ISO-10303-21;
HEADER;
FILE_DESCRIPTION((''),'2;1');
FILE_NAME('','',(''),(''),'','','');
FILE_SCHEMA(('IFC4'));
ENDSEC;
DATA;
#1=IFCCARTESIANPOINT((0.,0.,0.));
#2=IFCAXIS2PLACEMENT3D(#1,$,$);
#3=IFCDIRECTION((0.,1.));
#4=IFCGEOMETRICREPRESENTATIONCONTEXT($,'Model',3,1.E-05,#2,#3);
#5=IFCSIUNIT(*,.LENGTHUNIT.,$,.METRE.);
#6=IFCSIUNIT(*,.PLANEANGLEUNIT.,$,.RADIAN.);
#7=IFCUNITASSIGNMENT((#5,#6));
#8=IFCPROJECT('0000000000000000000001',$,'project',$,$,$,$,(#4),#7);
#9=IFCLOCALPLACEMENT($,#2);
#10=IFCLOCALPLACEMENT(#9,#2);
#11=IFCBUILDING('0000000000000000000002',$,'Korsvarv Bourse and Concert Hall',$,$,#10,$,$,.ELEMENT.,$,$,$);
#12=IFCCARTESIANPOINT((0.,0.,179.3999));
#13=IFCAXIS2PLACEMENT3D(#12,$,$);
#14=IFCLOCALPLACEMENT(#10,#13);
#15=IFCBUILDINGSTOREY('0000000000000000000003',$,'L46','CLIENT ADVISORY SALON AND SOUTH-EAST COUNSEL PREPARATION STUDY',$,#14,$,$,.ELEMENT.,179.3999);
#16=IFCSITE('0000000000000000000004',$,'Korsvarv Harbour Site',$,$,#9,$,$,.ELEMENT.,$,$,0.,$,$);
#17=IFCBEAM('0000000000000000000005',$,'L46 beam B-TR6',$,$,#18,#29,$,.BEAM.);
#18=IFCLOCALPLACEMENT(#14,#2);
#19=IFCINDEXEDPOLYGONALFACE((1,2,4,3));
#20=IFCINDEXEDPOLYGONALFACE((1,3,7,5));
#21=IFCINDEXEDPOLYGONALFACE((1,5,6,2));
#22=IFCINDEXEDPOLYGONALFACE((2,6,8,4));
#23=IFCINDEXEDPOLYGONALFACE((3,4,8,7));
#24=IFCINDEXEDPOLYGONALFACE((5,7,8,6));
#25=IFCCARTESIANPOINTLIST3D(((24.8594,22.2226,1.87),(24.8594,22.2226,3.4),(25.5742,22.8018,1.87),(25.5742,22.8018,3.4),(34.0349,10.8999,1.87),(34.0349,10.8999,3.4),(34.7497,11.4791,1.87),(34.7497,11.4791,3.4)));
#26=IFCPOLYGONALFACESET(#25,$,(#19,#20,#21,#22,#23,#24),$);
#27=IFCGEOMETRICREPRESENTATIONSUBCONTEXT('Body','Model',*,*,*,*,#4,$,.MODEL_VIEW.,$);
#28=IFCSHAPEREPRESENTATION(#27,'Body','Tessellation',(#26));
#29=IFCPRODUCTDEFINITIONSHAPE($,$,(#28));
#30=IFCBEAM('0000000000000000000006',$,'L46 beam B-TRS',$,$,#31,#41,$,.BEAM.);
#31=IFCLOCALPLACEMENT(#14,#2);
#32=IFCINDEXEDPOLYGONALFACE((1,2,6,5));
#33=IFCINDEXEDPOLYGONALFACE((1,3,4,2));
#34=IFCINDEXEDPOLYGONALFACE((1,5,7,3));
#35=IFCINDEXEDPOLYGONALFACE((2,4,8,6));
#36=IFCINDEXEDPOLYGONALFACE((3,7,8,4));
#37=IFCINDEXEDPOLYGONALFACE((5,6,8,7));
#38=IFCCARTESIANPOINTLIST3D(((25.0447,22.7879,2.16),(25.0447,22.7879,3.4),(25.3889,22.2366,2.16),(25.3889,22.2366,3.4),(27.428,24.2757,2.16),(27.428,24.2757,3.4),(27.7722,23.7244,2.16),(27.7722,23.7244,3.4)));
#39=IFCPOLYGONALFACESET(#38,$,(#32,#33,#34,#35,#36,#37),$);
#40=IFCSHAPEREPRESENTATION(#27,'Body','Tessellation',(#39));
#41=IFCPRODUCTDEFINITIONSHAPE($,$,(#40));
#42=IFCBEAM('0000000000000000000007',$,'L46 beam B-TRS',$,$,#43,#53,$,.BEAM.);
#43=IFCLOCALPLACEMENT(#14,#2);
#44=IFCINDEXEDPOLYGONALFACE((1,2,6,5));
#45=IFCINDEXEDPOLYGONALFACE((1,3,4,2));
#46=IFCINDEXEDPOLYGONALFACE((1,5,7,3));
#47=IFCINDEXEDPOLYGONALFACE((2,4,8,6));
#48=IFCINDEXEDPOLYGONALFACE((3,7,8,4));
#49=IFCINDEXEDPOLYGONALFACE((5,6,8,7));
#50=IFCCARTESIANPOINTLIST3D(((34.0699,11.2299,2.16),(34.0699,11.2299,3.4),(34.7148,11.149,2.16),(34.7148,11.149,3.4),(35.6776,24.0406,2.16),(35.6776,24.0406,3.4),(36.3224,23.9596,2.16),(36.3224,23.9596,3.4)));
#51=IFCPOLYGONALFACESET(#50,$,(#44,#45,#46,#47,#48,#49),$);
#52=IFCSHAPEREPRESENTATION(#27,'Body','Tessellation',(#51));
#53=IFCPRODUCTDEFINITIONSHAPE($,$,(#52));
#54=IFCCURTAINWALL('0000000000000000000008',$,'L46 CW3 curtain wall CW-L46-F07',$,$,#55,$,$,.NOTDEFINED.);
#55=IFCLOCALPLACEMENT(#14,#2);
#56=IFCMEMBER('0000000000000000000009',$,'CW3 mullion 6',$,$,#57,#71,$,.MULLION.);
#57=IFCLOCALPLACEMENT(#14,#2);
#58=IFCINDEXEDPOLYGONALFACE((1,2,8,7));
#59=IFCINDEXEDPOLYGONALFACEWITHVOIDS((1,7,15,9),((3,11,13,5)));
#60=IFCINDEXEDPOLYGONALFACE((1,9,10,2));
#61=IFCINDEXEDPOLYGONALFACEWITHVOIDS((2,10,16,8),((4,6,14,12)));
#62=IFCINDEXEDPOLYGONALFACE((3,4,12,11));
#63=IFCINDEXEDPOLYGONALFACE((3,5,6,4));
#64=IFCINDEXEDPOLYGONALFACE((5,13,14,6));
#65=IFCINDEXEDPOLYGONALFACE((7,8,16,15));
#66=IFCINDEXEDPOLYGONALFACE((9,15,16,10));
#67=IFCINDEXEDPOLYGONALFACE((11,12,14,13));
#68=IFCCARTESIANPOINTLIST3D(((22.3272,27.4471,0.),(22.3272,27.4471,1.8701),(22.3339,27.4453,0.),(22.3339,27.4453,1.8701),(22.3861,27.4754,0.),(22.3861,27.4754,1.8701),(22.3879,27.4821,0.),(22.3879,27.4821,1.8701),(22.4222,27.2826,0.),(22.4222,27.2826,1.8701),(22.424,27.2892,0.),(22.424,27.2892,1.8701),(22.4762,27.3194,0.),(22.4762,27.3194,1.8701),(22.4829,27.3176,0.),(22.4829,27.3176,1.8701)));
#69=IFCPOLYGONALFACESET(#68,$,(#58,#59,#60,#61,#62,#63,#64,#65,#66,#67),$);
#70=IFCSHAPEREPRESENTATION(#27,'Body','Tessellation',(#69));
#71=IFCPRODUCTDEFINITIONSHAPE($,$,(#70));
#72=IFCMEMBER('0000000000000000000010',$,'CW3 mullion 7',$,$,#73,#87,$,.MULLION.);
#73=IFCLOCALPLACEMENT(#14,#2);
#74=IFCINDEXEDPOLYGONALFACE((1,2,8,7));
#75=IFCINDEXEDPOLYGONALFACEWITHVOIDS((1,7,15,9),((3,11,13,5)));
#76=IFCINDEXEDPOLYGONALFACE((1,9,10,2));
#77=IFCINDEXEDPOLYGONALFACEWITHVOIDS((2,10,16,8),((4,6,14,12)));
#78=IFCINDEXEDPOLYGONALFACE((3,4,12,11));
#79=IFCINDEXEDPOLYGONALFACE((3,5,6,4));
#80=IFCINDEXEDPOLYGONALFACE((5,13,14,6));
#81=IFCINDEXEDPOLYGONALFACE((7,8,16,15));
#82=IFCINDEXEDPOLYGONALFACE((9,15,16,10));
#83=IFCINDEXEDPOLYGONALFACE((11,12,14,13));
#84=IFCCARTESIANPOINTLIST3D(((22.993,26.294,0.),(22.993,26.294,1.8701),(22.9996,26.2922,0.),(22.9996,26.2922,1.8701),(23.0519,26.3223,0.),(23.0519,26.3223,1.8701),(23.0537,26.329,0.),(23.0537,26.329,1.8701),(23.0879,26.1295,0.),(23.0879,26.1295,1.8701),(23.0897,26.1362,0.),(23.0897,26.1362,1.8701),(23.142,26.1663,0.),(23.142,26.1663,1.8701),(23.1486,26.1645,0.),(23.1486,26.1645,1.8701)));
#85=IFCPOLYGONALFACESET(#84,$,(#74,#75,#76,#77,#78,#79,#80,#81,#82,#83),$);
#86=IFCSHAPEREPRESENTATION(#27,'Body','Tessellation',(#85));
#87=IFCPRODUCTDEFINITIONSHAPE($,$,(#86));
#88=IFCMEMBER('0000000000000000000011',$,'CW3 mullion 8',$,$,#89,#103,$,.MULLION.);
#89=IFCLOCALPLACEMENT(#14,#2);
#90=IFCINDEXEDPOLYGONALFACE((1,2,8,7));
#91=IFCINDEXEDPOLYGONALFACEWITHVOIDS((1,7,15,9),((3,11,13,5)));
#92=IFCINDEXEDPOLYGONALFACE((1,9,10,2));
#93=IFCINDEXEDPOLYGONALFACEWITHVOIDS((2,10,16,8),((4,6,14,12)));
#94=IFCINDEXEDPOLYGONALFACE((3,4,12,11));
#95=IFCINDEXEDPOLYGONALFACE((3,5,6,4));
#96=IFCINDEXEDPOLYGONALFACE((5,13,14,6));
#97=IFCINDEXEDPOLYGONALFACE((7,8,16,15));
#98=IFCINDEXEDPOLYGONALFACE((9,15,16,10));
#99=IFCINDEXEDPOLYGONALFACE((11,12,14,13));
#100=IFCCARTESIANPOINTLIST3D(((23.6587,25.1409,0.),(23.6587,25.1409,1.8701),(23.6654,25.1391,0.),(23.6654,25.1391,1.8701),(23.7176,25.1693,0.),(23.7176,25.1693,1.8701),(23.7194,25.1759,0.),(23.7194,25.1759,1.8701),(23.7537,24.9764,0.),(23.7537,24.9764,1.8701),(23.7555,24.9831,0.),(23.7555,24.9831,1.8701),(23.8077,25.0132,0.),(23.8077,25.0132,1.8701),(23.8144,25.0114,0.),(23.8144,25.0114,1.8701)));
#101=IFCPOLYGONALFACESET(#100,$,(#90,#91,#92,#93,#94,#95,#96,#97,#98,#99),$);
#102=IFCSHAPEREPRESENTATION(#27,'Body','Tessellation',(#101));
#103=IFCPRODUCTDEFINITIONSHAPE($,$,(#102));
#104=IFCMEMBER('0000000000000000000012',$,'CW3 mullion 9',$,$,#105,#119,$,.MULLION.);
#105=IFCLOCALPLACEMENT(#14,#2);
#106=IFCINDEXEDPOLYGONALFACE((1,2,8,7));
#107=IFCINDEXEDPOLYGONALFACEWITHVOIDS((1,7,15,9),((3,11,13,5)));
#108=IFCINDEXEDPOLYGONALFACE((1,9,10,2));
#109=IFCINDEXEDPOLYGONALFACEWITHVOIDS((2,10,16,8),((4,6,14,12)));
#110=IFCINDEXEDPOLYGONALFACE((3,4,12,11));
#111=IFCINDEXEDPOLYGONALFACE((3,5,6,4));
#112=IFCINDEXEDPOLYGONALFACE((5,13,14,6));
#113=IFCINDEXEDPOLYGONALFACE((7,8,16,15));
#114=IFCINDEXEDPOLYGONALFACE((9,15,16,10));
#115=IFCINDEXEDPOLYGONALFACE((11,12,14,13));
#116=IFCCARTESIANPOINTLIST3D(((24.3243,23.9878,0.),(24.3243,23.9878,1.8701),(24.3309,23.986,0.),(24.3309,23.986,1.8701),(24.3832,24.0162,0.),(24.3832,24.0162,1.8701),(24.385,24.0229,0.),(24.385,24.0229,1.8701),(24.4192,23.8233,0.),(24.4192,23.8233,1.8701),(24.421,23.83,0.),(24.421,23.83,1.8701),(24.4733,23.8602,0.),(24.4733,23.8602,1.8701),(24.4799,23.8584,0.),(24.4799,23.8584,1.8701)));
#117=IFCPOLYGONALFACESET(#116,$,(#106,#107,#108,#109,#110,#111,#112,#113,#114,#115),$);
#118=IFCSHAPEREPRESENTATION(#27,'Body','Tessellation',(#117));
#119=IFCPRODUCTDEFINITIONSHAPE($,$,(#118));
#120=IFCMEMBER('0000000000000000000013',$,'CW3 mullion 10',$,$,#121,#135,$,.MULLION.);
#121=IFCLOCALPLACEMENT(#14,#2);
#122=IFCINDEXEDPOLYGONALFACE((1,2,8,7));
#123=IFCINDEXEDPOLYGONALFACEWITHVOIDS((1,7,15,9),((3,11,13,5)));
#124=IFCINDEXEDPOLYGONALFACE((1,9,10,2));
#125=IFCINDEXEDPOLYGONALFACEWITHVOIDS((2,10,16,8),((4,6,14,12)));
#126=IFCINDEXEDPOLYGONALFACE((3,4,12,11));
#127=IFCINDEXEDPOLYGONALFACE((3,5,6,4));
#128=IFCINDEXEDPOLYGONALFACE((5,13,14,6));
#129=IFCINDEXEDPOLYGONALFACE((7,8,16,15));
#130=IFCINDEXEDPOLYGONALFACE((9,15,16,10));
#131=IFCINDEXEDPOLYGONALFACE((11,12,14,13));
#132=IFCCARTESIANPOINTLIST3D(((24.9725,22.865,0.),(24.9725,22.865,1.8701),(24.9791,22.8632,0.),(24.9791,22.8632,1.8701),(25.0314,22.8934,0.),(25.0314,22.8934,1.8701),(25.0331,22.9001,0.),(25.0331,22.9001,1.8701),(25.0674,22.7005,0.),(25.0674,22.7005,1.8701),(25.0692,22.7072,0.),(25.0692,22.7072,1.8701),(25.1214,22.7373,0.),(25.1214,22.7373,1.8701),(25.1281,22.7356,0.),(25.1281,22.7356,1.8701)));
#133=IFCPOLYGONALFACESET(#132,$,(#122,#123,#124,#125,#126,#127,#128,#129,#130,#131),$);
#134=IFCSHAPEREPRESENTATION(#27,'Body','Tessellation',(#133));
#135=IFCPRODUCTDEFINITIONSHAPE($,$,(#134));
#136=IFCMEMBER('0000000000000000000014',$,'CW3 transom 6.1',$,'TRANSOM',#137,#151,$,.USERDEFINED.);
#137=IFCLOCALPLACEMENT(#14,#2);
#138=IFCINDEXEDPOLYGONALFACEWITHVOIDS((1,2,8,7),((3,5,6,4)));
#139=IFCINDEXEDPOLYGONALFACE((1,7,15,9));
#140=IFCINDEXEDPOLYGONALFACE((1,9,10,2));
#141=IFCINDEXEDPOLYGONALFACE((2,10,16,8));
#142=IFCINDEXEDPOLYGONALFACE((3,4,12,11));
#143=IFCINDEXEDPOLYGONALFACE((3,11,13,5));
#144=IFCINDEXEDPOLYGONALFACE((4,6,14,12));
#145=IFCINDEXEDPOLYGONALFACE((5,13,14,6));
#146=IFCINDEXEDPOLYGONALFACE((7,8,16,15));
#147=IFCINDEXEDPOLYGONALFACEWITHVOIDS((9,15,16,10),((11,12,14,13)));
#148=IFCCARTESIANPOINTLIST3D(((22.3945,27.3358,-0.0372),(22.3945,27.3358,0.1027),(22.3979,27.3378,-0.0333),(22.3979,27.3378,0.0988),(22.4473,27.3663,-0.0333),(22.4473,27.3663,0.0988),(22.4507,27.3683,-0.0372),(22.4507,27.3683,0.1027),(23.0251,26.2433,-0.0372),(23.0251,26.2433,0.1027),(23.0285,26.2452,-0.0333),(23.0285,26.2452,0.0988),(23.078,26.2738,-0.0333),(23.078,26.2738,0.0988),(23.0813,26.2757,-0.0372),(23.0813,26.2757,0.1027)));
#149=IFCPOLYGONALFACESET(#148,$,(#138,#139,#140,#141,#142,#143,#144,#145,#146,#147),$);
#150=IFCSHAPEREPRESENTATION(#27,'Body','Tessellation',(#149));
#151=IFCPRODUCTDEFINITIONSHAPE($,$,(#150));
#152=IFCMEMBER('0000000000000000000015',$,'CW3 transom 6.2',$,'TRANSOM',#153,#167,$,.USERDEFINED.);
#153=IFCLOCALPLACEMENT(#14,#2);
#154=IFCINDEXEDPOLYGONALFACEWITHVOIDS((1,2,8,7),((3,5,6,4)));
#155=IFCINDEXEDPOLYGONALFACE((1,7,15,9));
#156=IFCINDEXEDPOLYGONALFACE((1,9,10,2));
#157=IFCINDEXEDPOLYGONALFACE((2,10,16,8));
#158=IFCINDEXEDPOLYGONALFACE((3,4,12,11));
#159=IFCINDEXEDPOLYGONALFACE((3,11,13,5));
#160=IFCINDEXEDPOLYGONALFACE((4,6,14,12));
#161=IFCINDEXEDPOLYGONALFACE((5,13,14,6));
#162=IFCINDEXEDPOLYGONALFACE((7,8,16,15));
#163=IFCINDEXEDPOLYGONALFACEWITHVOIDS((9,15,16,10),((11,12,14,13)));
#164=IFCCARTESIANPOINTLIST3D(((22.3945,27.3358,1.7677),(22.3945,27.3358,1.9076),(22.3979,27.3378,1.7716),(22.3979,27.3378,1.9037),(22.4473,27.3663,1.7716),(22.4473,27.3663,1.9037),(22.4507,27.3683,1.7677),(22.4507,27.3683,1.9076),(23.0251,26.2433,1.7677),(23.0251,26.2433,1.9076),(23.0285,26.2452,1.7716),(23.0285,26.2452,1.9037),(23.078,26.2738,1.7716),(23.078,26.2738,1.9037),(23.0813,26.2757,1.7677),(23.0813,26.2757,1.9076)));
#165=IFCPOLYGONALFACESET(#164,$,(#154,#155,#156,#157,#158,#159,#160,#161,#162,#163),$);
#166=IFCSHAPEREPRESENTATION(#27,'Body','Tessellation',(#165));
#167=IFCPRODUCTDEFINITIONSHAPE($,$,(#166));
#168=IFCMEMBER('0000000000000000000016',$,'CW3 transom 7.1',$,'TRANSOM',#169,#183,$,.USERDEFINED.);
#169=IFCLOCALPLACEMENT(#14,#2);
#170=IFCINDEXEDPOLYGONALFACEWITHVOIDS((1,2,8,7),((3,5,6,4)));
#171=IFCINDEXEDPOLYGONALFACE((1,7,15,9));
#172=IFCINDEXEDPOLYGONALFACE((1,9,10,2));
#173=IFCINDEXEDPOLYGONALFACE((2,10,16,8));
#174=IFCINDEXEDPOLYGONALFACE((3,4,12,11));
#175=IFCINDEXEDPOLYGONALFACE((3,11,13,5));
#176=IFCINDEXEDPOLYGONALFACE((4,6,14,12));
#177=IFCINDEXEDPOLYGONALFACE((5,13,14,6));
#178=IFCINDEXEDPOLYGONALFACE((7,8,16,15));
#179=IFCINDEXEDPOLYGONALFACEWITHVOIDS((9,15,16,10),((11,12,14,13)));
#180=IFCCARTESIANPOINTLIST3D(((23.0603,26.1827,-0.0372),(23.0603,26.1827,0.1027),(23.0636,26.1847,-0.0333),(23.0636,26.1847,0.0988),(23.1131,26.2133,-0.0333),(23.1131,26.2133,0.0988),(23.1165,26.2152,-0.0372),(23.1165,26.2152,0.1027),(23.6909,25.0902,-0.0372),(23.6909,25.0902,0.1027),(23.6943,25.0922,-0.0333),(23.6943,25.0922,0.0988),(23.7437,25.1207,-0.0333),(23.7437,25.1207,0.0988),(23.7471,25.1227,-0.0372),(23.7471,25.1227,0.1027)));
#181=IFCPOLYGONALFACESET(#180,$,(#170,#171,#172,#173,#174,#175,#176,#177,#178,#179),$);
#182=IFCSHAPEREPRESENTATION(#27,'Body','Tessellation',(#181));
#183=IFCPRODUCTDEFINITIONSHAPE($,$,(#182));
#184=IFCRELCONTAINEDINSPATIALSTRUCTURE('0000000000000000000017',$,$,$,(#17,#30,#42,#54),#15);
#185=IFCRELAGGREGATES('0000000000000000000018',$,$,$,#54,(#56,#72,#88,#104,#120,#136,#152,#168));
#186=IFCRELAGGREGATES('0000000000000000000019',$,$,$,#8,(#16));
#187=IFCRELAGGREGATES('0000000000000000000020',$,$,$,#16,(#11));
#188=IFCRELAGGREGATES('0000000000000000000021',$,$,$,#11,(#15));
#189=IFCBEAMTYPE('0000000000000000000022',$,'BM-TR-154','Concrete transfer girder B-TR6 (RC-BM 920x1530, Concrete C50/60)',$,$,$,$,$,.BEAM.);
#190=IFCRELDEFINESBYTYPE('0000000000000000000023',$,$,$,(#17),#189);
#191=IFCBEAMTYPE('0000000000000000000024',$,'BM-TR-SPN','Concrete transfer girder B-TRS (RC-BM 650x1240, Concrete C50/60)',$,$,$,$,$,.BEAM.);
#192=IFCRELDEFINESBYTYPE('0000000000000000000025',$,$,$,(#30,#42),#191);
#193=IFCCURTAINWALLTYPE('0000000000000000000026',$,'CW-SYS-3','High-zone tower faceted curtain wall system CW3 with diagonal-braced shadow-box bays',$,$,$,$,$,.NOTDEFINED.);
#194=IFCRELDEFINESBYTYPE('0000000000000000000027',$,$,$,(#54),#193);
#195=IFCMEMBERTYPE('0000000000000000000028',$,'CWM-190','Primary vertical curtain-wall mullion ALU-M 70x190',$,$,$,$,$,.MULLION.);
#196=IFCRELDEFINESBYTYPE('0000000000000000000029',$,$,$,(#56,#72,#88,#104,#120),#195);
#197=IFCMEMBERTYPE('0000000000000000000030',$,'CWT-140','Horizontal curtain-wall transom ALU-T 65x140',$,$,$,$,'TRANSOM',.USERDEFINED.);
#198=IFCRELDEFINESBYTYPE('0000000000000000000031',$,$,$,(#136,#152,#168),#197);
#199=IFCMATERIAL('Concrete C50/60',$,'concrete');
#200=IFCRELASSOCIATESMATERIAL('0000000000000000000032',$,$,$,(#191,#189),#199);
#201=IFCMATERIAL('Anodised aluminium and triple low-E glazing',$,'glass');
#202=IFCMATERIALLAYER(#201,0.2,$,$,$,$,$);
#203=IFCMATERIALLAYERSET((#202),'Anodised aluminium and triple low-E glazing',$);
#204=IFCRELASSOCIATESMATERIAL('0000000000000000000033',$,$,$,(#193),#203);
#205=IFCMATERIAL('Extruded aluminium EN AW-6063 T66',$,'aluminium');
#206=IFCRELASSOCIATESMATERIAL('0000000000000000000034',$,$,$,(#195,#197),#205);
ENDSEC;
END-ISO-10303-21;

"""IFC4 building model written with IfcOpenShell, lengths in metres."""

from ifc_helpers import new_model, si_unit, direction, frame, origin, origin_2d, place, context, subcontext, project, spatial, rectangle, hollow_rectangle, extrude, source, transform, mapped, material, layer, layer_set, material_profile, profile_set, type_object, element, aggregate, save


model = new_model("IFC4")

# Units and contexts
model_context = context("Model", 3, precision=1e-05, world=origin(), true_north=direction((0.0, 1.0)))
body_context = subcontext(model_context, "Body", "Model", "MODEL_VIEW")
ifc_project = project(units=[si_unit("LENGTHUNIT", "METRE"), si_unit("PLANEANGLEUNIT", "RADIAN")], contexts=[model_context])

# Site, building, storey
site_placement = place(None, origin())
site = spatial("IfcSite", under=ifc_project, at=site_placement, Name="Korsvarv Harbour Site", CompositionType="ELEMENT", RefElevation=0.0)
building_placement = place(site_placement, origin())
building = spatial("IfcBuilding", under=site, at=building_placement, Name="Korsvarv Bourse and Concert Hall", CompositionType="ELEMENT")
storey_placement = place(building_placement, frame((0.0, 0.0, 179.3999)))
storey = spatial("IfcBuildingStorey", under=building, at=storey_placement, Name="L46", Description="CLIENT ADVISORY SALON AND SOUTH-EAST COUNSEL PREPARATION STUDY", CompositionType="ELEMENT", Elevation=179.3999)

# Beams
ifc_material_1 = material(Name="Concrete C50/60", Category="concrete")
ifc_material_profile_1 = material_profile(ifc_material_1, rectangle(XDim=0.6499, YDim=1.24, at=origin_2d()), Name="RC-BM 650x1240")
ifc_profile_set_1 = profile_set([ifc_material_profile_1], Name="Concrete C50/60")
beam_type_1 = type_object("IfcBeamType", Name="BM-TR-SPN", Description="Concrete transfer girder B-TRS (RC-BM 650x1240, Concrete C50/60)", PredefinedType="BEAM", material=ifc_profile_set_1)
ifc_material_profile_2 = material_profile(ifc_material_1, rectangle(XDim=0.9199, YDim=1.53, at=origin_2d()), Name="RC-BM 920x1530")
ifc_profile_set_2 = profile_set([ifc_material_profile_2], Name="Concrete C50/60")
beam_type_2 = type_object("IfcBeamType", Name="BM-TR-154", Description="Concrete transfer girder B-TR6 (RC-BM 920x1530, Concrete C50/60)", PredefinedType="BEAM", material=ifc_profile_set_2)
shared_shape_1 = source(origin(), body_context, "Body", "SweptSolid", [
    extrude(rectangle(XDim=0.9199, YDim=1.53, at=origin_2d()), origin(), (0.0, 0.0, 1.0), 14.5737),
])
beam_1_placement = place(storey_placement, frame((25.2168, 22.5122, 2.635), z_axis=(0.629592, -0.776926, 0.0), x_axis=(0.776926, 0.629592, 0.0)))
element("IfcBeam", 1, at=beam_1_placement, inside=storey, type_object=beam_type_2, Name="L46 beam B-TR6", PredefinedType="BEAM", context=body_context, shape_type="MappedRepresentation", body=[
    mapped(shared_shape_1, transform((0.0, 0.0, 0.0), scale=1.0)),
])
shared_shape_2 = source(origin(), body_context, "Body", "SweptSolid", [
    extrude(rectangle(XDim=0.6499, YDim=1.24, at=origin_2d()), origin(), (0.0, 0.0, 1.0), 2.8096),
])
beam_2_placement = place(storey_placement, frame((25.2168, 22.5122, 2.78), z_axis=(0.848281, 0.529546, 0.0), x_axis=(-0.529546, 0.848281, 0.0)))
element("IfcBeam", 2, at=beam_2_placement, inside=storey, type_object=beam_type_1, Name="L46 beam B-TRS", PredefinedType="BEAM", context=body_context, shape_type="MappedRepresentation", body=[
    mapped(shared_shape_2, transform((0.0, 0.0, 0.0), scale=1.0)),
])
shared_shape_3 = source(origin(), body_context, "Body", "SweptSolid", [
    extrude(rectangle(XDim=0.6499, YDim=1.24, at=origin_2d()), origin(), (0.0, 0.0, 1.0), 12.9111),
])
beam_3_placement = place(storey_placement, frame((34.3923, 11.1895, 2.78), z_axis=(0.124519, 0.992217, 0.0), x_axis=(-0.992217, 0.124519, 0.0)))
element("IfcBeam", 3, at=beam_3_placement, inside=storey, type_object=beam_type_1, Name="L46 beam B-TRS", PredefinedType="BEAM", context=body_context, shape_type="MappedRepresentation", body=[
    mapped(shared_shape_3, transform((0.0, 0.0, 0.0), scale=1.0)),
])

# Curtain wall, members
ifc_material_2 = material(Name="Anodised aluminium and triple low-E glazing", Category="glass")
ifc_layer_1 = layer(ifc_material_2, 0.2)
ifc_layer_set_1 = layer_set([ifc_layer_1], Name="Anodised aluminium and triple low-E glazing")
curtain_wall_type = type_object("IfcCurtainWallType", Name="CW-SYS-3", Description="High-zone tower faceted curtain wall system CW3 with diagonal-braced shadow-box bays", PredefinedType="NOTDEFINED", material=ifc_layer_set_1)
curtain_wall_placement = place(storey_placement, origin())
curtain_wall = element("IfcCurtainWall", 4, at=curtain_wall_placement, inside=storey, type_object=curtain_wall_type, Name="L46 CW3 curtain wall CW-L46-F07", PredefinedType="NOTDEFINED")
ifc_material_3 = material(Name="Extruded aluminium EN AW-6063 T66", Category="aluminium")
ifc_material_profile_3 = material_profile(ifc_material_3, hollow_rectangle(XDim=0.0701, YDim=0.1899, WallThickness=0.0049, at=origin_2d()), Name="ALU-M 70x190")
ifc_profile_set_3 = profile_set([ifc_material_profile_3], Name="Extruded aluminium EN AW-6063 T66")
member_type_1 = type_object("IfcMemberType", Name="CWM-190", Description="Primary vertical curtain-wall mullion ALU-M 70x190", PredefinedType="MULLION", material=ifc_profile_set_3)
shared_shape_4 = source(origin(), body_context, "Body", "SweptSolid", [
    extrude(hollow_rectangle(XDim=0.0701, YDim=0.1899, WallThickness=0.0049, at=origin_2d()), origin(), (0.0, 0.0, 1.0), 1.8701),
])
member_1_placement = place(storey_placement, frame((22.405, 27.3823, 0.0), z_axis=(0.0, 0.0, 1.0), x_axis=(0.866029, 0.499994, 0.0)))
member_1 = element("IfcMember", 5, at=member_1_placement, type_object=member_type_1, Name="CW3 mullion 6", PredefinedType="MULLION", context=body_context, shape_type="MappedRepresentation", body=[
    mapped(shared_shape_4, transform((0.0, 0.0, 0.0), scale=1.0)),
])
member_2_placement = place(storey_placement, frame((23.0708, 26.2292, 0.0), z_axis=(0.0, 0.0, 1.0), x_axis=(0.866029, 0.499994, 0.0)))
member_2 = element("IfcMember", 6, at=member_2_placement, type_object=member_type_1, Name="CW3 mullion 7", PredefinedType="MULLION", context=body_context, shape_type="MappedRepresentation", body=[
    mapped(shared_shape_4, transform((0.0, 0.0, 0.0), scale=1.0)),
])
member_3_placement = place(storey_placement, frame((23.7366, 25.0762, 0.0), z_axis=(0.0, 0.0, 1.0), x_axis=(0.866029, 0.499994, 0.0)))
member_3 = element("IfcMember", 7, at=member_3_placement, type_object=member_type_1, Name="CW3 mullion 8", PredefinedType="MULLION", context=body_context, shape_type="MappedRepresentation", body=[
    mapped(shared_shape_4, transform((0.0, 0.0, 0.0), scale=1.0)),
])
member_4_placement = place(storey_placement, frame((24.4021, 23.9231, 0.0), z_axis=(0.0, 0.0, 1.0), x_axis=(0.866029, 0.499994, 0.0)))
member_4 = element("IfcMember", 8, at=member_4_placement, type_object=member_type_1, Name="CW3 mullion 9", PredefinedType="MULLION", context=body_context, shape_type="MappedRepresentation", body=[
    mapped(shared_shape_4, transform((0.0, 0.0, 0.0), scale=1.0)),
])
member_5_placement = place(storey_placement, frame((25.0503, 22.8003, 0.0), z_axis=(0.0, 0.0, 1.0), x_axis=(0.866029, 0.499994, 0.0)))
member_5 = element("IfcMember", 9, at=member_5_placement, type_object=member_type_1, Name="CW3 mullion 10", PredefinedType="MULLION", context=body_context, shape_type="MappedRepresentation", body=[
    mapped(shared_shape_4, transform((0.0, 0.0, 0.0), scale=1.0)),
])
ifc_material_profile_4 = material_profile(ifc_material_3, hollow_rectangle(XDim=0.0649, YDim=0.1399, WallThickness=0.0039, at=origin_2d()), Name="ALU-T 65x140")
ifc_profile_set_4 = profile_set([ifc_material_profile_4], Name="Extruded aluminium EN AW-6063 T66")
member_type_2 = type_object("IfcMemberType", Name="CWT-140", Description="Horizontal curtain-wall transom ALU-T 65x140", ElementType="TRANSOM", PredefinedType="USERDEFINED", material=ifc_profile_set_4)
shared_shape_5 = source(origin(), body_context, "Body", "SweptSolid", [
    extrude(hollow_rectangle(XDim=0.0649, YDim=0.1399, WallThickness=0.0039, at=origin_2d()), origin(), (0.0, 0.0, 1.0), 1.2615),
])
member_6_placement = place(storey_placement, frame((22.4226, 27.3521, 0.0327), z_axis=(0.499907, -0.866079, 0.0), x_axis=(0.866079, 0.499907, 0.0)))
member_6 = element("IfcMember", 10, at=member_6_placement, type_object=member_type_2, Name="CW3 transom 6.1", ObjectType="TRANSOM", PredefinedType="USERDEFINED", context=body_context, shape_type="MappedRepresentation", body=[
    mapped(shared_shape_5, transform((0.0, 0.0, 0.0), scale=1.0)),
])
member_7_placement = place(storey_placement, frame((22.4226, 27.3521, 1.8376), z_axis=(0.499907, -0.866079, 0.0), x_axis=(0.866079, 0.499907, 0.0)))
member_7 = element("IfcMember", 11, at=member_7_placement, type_object=member_type_2, Name="CW3 transom 6.2", ObjectType="TRANSOM", PredefinedType="USERDEFINED", context=body_context, shape_type="MappedRepresentation", body=[
    mapped(shared_shape_5, transform((0.0, 0.0, 0.0), scale=1.0)),
])
member_8_placement = place(storey_placement, frame((23.0884, 26.199, 0.0327), z_axis=(0.499907, -0.866079, 0.0), x_axis=(0.866079, 0.499907, 0.0)))
member_8 = element("IfcMember", 12, at=member_8_placement, type_object=member_type_2, Name="CW3 transom 7.1", ObjectType="TRANSOM", PredefinedType="USERDEFINED", context=body_context, shape_type="MappedRepresentation", body=[
    mapped(shared_shape_5, transform((0.0, 0.0, 0.0), scale=1.0)),
])
aggregate(curtain_wall, [member_1, member_2, member_3, member_4, member_5, member_6, member_7, member_8])

save(model, "model.ifc")
